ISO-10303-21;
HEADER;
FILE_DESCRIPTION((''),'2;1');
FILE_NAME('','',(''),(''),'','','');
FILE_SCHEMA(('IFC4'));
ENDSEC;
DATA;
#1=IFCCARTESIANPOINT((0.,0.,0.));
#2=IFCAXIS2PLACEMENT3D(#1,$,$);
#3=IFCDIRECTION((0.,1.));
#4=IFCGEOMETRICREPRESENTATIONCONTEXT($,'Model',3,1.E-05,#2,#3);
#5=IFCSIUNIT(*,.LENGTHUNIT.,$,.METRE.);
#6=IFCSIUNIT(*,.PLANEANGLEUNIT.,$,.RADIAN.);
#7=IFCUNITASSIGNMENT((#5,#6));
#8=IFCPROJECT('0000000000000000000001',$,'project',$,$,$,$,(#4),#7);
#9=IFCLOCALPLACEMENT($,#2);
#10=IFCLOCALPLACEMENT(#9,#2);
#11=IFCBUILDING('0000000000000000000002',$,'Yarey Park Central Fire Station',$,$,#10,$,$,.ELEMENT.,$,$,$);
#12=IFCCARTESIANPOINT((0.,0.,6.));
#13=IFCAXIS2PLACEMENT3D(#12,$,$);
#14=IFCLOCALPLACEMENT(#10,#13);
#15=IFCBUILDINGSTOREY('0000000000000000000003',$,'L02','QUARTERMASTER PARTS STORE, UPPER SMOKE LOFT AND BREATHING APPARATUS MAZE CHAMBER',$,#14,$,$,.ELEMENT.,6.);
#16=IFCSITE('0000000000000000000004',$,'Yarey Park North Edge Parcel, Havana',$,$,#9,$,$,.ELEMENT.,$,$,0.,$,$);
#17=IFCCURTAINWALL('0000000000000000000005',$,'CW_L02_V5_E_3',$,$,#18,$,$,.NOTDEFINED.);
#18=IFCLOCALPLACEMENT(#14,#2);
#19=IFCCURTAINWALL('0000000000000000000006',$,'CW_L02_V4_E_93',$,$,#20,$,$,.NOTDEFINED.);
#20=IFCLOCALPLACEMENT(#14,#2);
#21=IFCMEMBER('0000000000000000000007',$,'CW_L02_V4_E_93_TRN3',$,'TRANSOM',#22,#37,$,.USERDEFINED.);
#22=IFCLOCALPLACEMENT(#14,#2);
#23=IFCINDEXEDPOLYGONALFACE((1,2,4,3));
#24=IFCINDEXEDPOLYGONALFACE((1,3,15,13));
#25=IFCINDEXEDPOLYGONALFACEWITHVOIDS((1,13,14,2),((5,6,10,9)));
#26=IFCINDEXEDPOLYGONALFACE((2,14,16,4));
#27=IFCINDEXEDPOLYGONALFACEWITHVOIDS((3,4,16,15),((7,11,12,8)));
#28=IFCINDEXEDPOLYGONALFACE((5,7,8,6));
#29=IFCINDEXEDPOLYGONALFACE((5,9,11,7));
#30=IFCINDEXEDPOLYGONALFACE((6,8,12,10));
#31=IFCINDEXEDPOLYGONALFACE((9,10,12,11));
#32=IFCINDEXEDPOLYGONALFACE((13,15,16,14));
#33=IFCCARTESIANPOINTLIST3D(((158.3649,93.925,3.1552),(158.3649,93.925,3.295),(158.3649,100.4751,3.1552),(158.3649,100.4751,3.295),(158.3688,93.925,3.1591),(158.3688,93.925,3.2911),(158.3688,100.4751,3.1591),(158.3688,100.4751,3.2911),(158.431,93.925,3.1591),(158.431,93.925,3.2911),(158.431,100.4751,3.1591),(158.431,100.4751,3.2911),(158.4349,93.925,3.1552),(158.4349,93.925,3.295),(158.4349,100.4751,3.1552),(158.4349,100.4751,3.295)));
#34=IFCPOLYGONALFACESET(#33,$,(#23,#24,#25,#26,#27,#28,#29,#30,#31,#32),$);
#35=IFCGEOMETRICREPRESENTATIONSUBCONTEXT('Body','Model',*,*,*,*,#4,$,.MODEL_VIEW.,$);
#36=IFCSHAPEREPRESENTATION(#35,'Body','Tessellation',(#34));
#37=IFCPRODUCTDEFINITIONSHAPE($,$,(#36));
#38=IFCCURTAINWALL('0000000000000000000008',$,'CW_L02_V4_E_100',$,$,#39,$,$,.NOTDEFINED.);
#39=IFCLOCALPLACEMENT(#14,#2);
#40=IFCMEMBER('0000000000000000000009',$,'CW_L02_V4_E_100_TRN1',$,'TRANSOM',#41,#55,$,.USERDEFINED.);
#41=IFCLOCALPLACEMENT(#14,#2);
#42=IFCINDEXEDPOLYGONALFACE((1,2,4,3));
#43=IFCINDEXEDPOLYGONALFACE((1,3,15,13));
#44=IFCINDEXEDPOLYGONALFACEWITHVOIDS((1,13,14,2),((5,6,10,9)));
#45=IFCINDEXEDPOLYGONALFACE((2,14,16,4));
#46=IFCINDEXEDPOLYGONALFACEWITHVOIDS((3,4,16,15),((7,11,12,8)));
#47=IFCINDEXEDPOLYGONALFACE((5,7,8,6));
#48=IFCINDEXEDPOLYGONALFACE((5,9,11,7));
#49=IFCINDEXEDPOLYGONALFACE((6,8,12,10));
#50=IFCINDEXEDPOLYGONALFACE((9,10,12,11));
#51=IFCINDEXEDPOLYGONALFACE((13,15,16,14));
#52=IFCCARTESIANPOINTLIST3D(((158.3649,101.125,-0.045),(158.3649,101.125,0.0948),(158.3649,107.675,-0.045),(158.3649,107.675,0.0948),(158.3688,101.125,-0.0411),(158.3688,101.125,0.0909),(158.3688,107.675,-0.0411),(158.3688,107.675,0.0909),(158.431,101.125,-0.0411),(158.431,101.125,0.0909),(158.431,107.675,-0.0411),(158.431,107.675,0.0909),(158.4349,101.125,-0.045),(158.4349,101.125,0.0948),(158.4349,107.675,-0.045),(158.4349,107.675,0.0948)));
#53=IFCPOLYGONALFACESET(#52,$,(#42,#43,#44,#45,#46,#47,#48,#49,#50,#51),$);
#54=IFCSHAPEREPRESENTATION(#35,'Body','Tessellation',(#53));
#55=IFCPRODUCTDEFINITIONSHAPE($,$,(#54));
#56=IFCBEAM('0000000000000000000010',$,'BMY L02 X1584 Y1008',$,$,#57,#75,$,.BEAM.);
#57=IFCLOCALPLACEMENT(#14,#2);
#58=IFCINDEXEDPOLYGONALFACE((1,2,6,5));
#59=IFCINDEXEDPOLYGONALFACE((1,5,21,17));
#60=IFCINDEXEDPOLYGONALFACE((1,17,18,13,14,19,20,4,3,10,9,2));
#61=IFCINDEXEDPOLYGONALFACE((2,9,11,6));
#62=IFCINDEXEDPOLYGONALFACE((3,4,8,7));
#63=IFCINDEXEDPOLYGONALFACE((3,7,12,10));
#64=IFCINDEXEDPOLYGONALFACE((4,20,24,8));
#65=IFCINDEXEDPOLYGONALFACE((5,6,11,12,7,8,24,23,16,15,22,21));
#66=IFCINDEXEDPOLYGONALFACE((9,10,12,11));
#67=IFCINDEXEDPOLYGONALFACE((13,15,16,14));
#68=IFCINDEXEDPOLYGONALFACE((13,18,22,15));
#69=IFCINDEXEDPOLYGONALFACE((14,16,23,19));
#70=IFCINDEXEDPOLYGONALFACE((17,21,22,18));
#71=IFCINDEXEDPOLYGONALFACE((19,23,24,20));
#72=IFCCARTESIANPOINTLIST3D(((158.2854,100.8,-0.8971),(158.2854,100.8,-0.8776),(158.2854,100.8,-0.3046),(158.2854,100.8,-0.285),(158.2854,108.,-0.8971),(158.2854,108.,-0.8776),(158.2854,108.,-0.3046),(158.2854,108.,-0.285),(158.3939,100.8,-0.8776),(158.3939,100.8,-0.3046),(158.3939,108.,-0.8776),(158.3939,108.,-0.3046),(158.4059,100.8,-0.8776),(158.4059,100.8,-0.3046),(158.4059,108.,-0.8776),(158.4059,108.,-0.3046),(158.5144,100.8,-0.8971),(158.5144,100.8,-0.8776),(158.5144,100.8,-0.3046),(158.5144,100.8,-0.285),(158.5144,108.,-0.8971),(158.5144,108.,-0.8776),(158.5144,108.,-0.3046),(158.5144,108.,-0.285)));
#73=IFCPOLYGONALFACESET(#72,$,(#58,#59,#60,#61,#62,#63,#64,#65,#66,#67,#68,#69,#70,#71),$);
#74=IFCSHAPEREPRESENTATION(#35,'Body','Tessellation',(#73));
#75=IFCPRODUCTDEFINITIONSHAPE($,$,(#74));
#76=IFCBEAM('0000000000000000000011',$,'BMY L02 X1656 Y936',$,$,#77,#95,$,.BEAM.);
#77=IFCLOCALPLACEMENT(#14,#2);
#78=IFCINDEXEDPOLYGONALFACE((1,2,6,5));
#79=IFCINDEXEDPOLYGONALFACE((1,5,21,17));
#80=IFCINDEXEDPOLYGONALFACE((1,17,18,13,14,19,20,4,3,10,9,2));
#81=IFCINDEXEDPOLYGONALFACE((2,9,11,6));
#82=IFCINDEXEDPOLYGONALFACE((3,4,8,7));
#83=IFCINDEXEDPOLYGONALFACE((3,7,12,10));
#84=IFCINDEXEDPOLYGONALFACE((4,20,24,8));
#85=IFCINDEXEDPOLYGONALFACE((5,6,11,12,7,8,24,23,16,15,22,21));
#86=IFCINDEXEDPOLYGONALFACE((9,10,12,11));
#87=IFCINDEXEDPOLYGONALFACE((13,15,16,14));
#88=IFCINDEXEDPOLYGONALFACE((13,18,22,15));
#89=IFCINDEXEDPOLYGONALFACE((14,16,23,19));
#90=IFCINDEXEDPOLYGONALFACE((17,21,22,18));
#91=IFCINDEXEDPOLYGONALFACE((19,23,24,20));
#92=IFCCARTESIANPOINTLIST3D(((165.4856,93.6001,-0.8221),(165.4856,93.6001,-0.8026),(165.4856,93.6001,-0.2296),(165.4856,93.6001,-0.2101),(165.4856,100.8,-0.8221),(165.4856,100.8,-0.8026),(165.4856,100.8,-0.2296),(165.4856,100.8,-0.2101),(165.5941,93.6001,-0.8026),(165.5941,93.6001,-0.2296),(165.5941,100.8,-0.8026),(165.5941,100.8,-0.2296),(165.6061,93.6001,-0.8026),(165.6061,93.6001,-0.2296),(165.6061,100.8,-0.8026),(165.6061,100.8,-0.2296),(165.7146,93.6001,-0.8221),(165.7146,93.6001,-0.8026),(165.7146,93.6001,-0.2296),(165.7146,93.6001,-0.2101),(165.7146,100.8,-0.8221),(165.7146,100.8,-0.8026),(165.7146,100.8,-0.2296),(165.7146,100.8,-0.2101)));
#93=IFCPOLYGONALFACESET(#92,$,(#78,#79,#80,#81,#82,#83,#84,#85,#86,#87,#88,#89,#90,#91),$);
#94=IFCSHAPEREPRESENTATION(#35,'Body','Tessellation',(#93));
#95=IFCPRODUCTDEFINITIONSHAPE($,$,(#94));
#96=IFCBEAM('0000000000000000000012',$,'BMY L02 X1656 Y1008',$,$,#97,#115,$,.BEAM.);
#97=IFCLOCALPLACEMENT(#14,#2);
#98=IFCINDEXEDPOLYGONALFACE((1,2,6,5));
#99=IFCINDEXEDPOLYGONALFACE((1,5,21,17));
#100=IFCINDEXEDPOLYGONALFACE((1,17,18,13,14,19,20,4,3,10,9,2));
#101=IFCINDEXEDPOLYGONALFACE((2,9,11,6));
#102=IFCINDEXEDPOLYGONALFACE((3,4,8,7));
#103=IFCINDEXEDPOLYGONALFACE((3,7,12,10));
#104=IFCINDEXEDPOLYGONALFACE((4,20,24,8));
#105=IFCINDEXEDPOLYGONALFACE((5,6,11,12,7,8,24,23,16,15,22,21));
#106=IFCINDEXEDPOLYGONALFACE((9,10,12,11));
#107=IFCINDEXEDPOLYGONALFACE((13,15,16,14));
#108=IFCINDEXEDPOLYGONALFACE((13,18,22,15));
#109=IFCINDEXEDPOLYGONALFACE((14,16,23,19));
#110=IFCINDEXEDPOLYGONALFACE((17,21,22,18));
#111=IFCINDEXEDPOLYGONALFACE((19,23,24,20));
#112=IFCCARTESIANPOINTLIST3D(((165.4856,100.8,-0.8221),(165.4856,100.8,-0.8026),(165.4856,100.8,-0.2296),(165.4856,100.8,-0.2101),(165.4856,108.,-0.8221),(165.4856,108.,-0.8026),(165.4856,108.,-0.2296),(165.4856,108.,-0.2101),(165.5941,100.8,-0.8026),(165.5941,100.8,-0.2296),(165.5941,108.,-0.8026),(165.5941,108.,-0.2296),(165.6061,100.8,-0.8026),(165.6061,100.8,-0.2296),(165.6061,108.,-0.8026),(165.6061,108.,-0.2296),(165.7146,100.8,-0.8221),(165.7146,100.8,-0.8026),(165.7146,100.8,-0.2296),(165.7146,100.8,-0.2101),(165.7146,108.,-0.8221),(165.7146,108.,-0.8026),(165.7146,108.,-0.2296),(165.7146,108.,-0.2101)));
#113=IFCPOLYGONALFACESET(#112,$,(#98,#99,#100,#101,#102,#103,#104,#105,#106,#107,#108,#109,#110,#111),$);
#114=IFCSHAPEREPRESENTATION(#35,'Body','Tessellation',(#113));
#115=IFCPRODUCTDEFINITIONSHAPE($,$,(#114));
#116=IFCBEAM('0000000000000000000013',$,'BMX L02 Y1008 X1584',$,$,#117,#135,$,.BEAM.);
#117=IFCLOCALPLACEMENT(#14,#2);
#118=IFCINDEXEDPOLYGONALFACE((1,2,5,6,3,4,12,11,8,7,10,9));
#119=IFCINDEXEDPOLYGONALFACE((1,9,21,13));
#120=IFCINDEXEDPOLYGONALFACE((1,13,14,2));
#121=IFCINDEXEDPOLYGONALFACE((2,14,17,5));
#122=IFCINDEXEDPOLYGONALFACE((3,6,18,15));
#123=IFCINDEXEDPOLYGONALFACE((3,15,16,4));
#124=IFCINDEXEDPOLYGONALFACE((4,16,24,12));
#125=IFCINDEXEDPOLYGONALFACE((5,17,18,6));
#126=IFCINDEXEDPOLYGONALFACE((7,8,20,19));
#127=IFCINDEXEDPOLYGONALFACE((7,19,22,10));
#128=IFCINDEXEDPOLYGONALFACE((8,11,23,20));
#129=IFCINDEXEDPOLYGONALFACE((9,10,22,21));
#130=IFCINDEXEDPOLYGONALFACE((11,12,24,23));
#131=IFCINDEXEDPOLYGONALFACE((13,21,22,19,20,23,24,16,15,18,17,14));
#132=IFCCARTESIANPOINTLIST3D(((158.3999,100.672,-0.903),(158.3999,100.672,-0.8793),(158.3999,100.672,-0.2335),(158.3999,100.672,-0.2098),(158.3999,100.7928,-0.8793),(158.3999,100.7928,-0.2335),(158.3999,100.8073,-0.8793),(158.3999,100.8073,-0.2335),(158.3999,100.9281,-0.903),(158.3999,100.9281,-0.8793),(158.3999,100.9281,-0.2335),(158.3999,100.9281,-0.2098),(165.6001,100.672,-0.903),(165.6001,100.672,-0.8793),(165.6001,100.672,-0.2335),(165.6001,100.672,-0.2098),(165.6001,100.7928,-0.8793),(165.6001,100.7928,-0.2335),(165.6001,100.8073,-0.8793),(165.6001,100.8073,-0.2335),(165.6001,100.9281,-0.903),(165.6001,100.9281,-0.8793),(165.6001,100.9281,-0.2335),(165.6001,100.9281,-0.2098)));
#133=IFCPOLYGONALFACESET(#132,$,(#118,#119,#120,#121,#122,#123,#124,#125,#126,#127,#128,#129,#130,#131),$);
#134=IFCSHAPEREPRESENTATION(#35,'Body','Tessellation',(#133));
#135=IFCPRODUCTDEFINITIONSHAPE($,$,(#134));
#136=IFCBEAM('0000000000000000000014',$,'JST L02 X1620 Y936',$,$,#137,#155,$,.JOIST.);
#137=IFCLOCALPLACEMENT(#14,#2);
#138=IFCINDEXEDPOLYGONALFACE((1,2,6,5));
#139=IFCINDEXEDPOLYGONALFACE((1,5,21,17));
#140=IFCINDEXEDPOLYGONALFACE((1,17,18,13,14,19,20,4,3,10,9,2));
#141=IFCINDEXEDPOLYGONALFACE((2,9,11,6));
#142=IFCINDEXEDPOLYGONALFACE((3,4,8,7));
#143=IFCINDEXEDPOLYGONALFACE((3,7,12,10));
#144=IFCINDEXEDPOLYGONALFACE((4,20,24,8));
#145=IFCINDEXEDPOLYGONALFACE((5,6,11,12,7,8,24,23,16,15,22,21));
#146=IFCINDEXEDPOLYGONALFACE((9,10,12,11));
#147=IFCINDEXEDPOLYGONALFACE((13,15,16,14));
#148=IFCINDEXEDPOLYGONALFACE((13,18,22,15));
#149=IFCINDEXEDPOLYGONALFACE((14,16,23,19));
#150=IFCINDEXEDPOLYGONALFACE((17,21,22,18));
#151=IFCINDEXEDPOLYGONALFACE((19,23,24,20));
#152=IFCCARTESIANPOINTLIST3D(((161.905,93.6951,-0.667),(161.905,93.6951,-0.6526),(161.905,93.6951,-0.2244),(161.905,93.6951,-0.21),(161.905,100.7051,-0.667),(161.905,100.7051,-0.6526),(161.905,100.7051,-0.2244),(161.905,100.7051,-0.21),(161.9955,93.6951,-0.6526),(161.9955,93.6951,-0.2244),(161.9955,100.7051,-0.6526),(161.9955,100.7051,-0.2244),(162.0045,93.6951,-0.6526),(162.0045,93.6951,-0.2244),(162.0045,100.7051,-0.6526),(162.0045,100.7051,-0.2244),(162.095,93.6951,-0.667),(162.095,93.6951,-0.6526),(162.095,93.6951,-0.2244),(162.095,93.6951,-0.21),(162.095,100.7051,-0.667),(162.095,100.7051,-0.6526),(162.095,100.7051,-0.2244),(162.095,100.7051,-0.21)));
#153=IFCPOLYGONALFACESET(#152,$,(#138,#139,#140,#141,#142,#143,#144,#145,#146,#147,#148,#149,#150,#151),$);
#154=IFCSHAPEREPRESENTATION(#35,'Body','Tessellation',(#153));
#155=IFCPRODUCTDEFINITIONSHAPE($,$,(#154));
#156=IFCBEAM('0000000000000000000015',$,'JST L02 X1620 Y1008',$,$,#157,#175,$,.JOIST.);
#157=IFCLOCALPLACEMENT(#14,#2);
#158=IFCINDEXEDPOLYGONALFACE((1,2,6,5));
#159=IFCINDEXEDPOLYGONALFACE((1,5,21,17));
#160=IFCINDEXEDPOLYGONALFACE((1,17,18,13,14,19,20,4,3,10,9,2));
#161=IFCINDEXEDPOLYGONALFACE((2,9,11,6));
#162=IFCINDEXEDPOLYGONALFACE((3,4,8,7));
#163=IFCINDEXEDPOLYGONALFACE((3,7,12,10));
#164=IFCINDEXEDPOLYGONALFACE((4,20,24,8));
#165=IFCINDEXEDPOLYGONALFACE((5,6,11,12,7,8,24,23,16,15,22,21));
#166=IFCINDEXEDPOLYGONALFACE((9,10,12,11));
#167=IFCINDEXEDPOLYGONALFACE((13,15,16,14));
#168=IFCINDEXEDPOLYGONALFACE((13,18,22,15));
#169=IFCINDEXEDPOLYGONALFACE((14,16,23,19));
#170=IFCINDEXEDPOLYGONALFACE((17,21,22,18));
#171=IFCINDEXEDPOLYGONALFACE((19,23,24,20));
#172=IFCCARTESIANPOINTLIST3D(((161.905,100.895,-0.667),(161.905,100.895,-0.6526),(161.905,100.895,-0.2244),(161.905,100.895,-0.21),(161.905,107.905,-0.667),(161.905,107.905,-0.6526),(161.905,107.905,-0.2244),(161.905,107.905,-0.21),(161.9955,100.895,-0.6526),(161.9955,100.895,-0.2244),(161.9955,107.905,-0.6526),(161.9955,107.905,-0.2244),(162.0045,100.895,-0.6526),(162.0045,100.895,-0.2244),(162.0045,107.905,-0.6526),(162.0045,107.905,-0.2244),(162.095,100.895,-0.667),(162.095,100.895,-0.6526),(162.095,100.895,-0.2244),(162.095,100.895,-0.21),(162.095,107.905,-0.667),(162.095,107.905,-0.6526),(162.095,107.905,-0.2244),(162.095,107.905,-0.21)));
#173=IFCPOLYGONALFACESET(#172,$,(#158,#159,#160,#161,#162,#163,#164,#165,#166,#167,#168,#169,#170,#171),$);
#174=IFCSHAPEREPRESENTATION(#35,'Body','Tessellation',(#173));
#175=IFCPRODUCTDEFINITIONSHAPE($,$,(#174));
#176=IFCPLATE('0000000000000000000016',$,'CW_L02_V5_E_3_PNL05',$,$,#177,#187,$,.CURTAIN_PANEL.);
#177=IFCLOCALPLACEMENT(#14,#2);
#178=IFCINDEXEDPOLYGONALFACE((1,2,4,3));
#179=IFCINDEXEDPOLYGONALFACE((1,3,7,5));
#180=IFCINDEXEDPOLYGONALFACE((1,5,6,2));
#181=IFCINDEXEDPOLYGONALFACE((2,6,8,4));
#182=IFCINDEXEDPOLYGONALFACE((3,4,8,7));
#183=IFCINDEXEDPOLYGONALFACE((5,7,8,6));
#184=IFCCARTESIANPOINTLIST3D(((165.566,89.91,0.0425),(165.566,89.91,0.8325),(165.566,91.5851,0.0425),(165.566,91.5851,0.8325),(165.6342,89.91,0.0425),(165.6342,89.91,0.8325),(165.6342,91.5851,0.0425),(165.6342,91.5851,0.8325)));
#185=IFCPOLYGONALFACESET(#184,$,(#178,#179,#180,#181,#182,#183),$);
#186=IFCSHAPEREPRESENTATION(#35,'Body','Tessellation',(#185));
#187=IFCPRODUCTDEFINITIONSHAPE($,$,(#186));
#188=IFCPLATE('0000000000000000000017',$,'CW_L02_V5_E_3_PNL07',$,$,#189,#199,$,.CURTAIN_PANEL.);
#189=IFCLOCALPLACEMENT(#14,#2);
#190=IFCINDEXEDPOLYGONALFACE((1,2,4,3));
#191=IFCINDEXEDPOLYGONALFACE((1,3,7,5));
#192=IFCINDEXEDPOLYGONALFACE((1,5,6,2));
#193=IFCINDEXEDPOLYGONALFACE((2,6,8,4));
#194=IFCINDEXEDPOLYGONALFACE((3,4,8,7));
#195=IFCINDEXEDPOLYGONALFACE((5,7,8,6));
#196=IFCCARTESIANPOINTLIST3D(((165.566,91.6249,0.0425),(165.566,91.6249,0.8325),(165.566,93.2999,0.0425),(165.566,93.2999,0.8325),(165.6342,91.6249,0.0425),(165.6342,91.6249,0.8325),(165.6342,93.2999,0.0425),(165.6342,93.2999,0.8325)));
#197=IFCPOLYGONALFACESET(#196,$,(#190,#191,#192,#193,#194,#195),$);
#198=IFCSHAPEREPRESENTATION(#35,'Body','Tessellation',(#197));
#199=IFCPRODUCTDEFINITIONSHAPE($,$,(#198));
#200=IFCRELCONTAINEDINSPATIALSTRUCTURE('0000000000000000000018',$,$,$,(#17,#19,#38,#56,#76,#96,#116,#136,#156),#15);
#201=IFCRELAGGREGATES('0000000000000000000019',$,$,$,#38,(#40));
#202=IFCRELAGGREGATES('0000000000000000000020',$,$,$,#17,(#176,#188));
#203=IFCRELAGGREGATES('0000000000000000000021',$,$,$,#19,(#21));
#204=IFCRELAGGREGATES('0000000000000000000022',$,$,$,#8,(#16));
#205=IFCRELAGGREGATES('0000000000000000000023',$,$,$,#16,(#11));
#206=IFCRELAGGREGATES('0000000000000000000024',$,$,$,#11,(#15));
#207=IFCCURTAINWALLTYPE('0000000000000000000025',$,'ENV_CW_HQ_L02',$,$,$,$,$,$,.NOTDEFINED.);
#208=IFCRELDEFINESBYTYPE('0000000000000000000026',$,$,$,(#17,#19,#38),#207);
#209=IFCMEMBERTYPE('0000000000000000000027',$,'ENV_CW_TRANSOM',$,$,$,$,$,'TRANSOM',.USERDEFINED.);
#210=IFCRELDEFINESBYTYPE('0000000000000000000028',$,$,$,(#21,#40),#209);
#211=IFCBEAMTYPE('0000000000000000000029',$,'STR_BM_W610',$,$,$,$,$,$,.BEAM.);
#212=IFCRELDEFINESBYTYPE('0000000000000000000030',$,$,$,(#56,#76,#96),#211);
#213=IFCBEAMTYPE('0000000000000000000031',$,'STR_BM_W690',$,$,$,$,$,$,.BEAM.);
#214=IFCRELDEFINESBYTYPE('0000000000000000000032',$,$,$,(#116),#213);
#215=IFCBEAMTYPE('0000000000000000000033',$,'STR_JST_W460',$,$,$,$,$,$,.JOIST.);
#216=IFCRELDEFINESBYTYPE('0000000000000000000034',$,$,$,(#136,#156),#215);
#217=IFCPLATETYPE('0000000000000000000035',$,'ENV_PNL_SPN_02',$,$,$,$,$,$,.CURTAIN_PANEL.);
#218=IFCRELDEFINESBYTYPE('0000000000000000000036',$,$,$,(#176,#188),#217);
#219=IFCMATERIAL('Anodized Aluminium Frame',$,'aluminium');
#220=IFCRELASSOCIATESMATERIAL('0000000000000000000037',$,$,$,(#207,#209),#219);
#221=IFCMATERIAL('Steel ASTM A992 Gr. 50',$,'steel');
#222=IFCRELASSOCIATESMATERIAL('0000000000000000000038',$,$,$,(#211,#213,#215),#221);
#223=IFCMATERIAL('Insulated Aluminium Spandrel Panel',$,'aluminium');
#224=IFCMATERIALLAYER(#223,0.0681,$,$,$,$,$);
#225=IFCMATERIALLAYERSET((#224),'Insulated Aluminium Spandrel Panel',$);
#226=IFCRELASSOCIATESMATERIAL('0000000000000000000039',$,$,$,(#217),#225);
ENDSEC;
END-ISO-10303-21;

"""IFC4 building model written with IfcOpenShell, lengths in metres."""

from ifc_helpers import new_model, si_unit, direction, frame, origin, origin_2d, place, context, subcontext, project, spatial, rectangle, hollow_rectangle, i_section, extrude, material, layer, layer_set, material_profile, profile_set, type_object, element, aggregate, save


model = new_model("IFC4")

# Units and contexts
model_context = context("Model", 3, precision=1e-05, world=origin(), true_north=direction((0.0, 1.0)))
body_context = subcontext(model_context, "Body", "Model", "MODEL_VIEW")
ifc_project = project(units=[si_unit("LENGTHUNIT", "METRE"), si_unit("PLANEANGLEUNIT", "RADIAN")], contexts=[model_context])

# Site, building, storey
site_placement = place(None, origin())
site = spatial("IfcSite", under=ifc_project, at=site_placement, Name="Yarey Park North Edge Parcel, Havana", CompositionType="ELEMENT", RefElevation=0.0)
building_placement = place(site_placement, origin())
building = spatial("IfcBuilding", under=site, at=building_placement, Name="Yarey Park Central Fire Station", CompositionType="ELEMENT")
storey_placement = place(building_placement, frame((0.0, 0.0, 6.0)))
storey = spatial("IfcBuildingStorey", under=building, at=storey_placement, Name="L02", Description="QUARTERMASTER PARTS STORE, UPPER SMOKE LOFT AND BREATHING APPARATUS MAZE CHAMBER", CompositionType="ELEMENT", Elevation=6.0)

# Shared definitions
ifc_material_1 = material(Name="Steel ASTM A992 Gr. 50", Category="steel")

# Curtain walls, member
ifc_material_2 = material(Name="Anodized Aluminium Frame", Category="aluminium")
curtain_wall_type = type_object("IfcCurtainWallType", Name="ENV_CW_HQ_L02", PredefinedType="NOTDEFINED", material=ifc_material_2)
curtain_wall_1_placement = place(storey_placement, origin())
curtain_wall_1 = element("IfcCurtainWall", 1, at=curtain_wall_1_placement, inside=storey, type_object=curtain_wall_type, Name="CW_L02_V5_E_3", PredefinedType="NOTDEFINED")
curtain_wall_2_placement = place(storey_placement, origin())
curtain_wall_2 = element("IfcCurtainWall", 2, at=curtain_wall_2_placement, inside=storey, type_object=curtain_wall_type, Name="CW_L02_V4_E_93", PredefinedType="NOTDEFINED")
ifc_material_profile_1 = material_profile(ifc_material_2, hollow_rectangle(XDim=0.0701, YDim=0.1399, WallThickness=0.0039, at=origin_2d()), Name="ALU 140x70x4")
ifc_profile_set_1 = profile_set([ifc_material_profile_1], Name="Anodized Aluminium Frame")
member_type_1 = type_object("IfcMemberType", Name="ENV_CW_TRANSOM", ElementType="TRANSOM", PredefinedType="USERDEFINED", material=ifc_profile_set_1)
member_1_placement = place(storey_placement, frame((158.3999, 93.925, 3.2251), z_axis=(0.0, 1.0, 0.0), x_axis=(-1.0, 0.0, 0.0)))
member_1 = element("IfcMember", 3, at=member_1_placement, type_object=member_type_1, Name="CW_L02_V4_E_93_TRN3", ObjectType="TRANSOM", PredefinedType="USERDEFINED", context=body_context, shape_type="SweptSolid", body=[
    extrude(hollow_rectangle(XDim=0.0701, YDim=0.1399, WallThickness=0.0039, at=origin_2d()), origin(), (0.0, 0.0, 1.0), 6.55),
])

# Curtain wall, member
curtain_wall_3_placement = place(storey_placement, origin())
curtain_wall_3 = element("IfcCurtainWall", 4, at=curtain_wall_3_placement, inside=storey, type_object=curtain_wall_type, Name="CW_L02_V4_E_100", PredefinedType="NOTDEFINED")
member_2_placement = place(storey_placement, frame((158.3999, 101.125, 0.0249), z_axis=(0.0, 1.0, 0.0), x_axis=(-1.0, 0.0, 0.0)))
member_2 = element("IfcMember", 5, at=member_2_placement, type_object=member_type_1, Name="CW_L02_V4_E_100_TRN1", ObjectType="TRANSOM", PredefinedType="USERDEFINED", context=body_context, shape_type="SweptSolid", body=[
    extrude(hollow_rectangle(XDim=0.0701, YDim=0.1399, WallThickness=0.0039, at=origin_2d()), origin(), (0.0, 0.0, 1.0), 6.55),
])
aggregate(curtain_wall_3, [member_2])

# Beams
ifc_material_profile_2 = material_profile(ifc_material_1, i_section(OverallWidth=0.229, OverallDepth=0.6121, WebThickness=0.012, FlangeThickness=0.0195, at=origin_2d()), Name="W610x125")
ifc_profile_set_2 = profile_set([ifc_material_profile_2], Name="Steel ASTM A992 Gr. 50")
beam_type_1 = type_object("IfcBeamType", Name="STR_BM_W610", PredefinedType="BEAM", material=ifc_profile_set_2)
for number, where, z_axis, x_axis, name in (
    (6, (158.3999, 100.8, -0.5911), (0.0, 1.0, 0.0), (-1.0, 0.0, 0.0), "BMY L02 X1584 Y1008"),
    (7, (165.6001, 93.6001, -0.5161), (0.0, 1.0, 0.0), (-1.0, 0.0, 0.0), "BMY L02 X1656 Y936"),
    (8, (165.6001, 100.8, -0.5161), (0.0, 1.0, 0.0), (-1.0, 0.0, 0.0), "BMY L02 X1656 Y1008"),
):
    element("IfcBeam", number, at=place(storey_placement, frame(where, z_axis=z_axis, x_axis=x_axis)), inside=storey, type_object=beam_type_1, Name=name, PredefinedType="BEAM", context=body_context, shape_type="SweptSolid", body=[
        extrude(i_section(OverallWidth=0.229, OverallDepth=0.6121, WebThickness=0.012, FlangeThickness=0.0195, at=origin_2d()), origin(), (0.0, 0.0, 1.0), 7.2),
    ])
ifc_material_profile_3 = material_profile(ifc_material_1, i_section(OverallWidth=0.2561, OverallDepth=0.6931, WebThickness=0.0144, FlangeThickness=0.0237, at=origin_2d()), Name="W690x170")
ifc_profile_set_3 = profile_set([ifc_material_profile_3], Name="Steel ASTM A992 Gr. 50")
beam_type_2 = type_object("IfcBeamType", Name="STR_BM_W690", PredefinedType="BEAM", material=ifc_profile_set_3)
beam_placement = place(storey_placement, frame((158.3999, 100.8, -0.5564), z_axis=(1.0, 0.0, 0.0), x_axis=(0.0, 1.0, 0.0)))
element("IfcBeam", 9, at=beam_placement, inside=storey, type_object=beam_type_2, Name="BMX L02 Y1008 X1584", PredefinedType="BEAM", context=body_context, shape_type="SweptSolid", body=[
    extrude(i_section(OverallWidth=0.2561, OverallDepth=0.6931, WebThickness=0.0144, FlangeThickness=0.0237, at=origin_2d()), origin(), (0.0, 0.0, 1.0), 7.2002),
])
ifc_material_profile_4 = material_profile(ifc_material_1, i_section(OverallWidth=0.1899, OverallDepth=0.457, WebThickness=0.009, FlangeThickness=0.0144, at=origin_2d()), Name="W460x74")
ifc_profile_set_4 = profile_set([ifc_material_profile_4], Name="Steel ASTM A992 Gr. 50")
beam_type_3 = type_object("IfcBeamType", Name="STR_JST_W460", PredefinedType="JOIST", material=ifc_profile_set_4)
for number, where, z_axis, x_axis, name in (
    (10, (162.0, 93.6951, -0.4385), (0.0, 1.0, 0.0), (-1.0, 0.0, 0.0), "JST L02 X1620 Y936"),
    (11, (162.0, 100.895, -0.4385), (0.0, 1.0, 0.0), (-1.0, 0.0, 0.0), "JST L02 X1620 Y1008"),
):
    element("IfcBeam", number, at=place(storey_placement, frame(where, z_axis=z_axis, x_axis=x_axis)), inside=storey, type_object=beam_type_3, Name=name, PredefinedType="JOIST", context=body_context, shape_type="SweptSolid", body=[
        extrude(i_section(OverallWidth=0.1899, OverallDepth=0.457, WebThickness=0.009, FlangeThickness=0.0144, at=origin_2d()), origin(), (0.0, 0.0, 1.0), 7.01),
    ])

# Plates
ifc_material_3 = material(Name="Insulated Aluminium Spandrel Panel", Category="aluminium")
ifc_layer_1 = layer(ifc_material_3, 0.0681)
ifc_layer_set_1 = layer_set([ifc_layer_1], Name="Insulated Aluminium Spandrel Panel")
plate_type_1 = type_object("IfcPlateType", Name="ENV_PNL_SPN_02", PredefinedType="CURTAIN_PANEL", material=ifc_layer_set_1)
plate_1_placement = place(storey_placement, frame((165.6001, 90.7476, 0.0425), z_axis=(0.0, 0.0, 1.0), x_axis=(0.0, 1.0, 0.0)))
plate_1 = element("IfcPlate", 12, at=plate_1_placement, type_object=plate_type_1, Name="CW_L02_V5_E_3_PNL05", PredefinedType="CURTAIN_PANEL", context=body_context, shape_type="SweptSolid", body=[
    extrude(rectangle(XDim=1.675, YDim=0.0681, at=origin_2d()), origin(), (0.0, 0.0, 1.0), 0.79),
])
plate_2_placement = place(storey_placement, frame((165.6001, 92.4624, 0.0425), z_axis=(0.0, 0.0, 1.0), x_axis=(0.0, 1.0, 0.0)))
plate_2 = element("IfcPlate", 13, at=plate_2_placement, type_object=plate_type_1, Name="CW_L02_V5_E_3_PNL07", PredefinedType="CURTAIN_PANEL", context=body_context, shape_type="SweptSolid", body=[
    extrude(rectangle(XDim=1.675, YDim=0.0681, at=origin_2d()), origin(), (0.0, 0.0, 1.0), 0.79),
])
aggregate(curtain_wall_1, [plate_1, plate_2])
aggregate(curtain_wall_2, [member_1])

save(model, "model.ifc")
